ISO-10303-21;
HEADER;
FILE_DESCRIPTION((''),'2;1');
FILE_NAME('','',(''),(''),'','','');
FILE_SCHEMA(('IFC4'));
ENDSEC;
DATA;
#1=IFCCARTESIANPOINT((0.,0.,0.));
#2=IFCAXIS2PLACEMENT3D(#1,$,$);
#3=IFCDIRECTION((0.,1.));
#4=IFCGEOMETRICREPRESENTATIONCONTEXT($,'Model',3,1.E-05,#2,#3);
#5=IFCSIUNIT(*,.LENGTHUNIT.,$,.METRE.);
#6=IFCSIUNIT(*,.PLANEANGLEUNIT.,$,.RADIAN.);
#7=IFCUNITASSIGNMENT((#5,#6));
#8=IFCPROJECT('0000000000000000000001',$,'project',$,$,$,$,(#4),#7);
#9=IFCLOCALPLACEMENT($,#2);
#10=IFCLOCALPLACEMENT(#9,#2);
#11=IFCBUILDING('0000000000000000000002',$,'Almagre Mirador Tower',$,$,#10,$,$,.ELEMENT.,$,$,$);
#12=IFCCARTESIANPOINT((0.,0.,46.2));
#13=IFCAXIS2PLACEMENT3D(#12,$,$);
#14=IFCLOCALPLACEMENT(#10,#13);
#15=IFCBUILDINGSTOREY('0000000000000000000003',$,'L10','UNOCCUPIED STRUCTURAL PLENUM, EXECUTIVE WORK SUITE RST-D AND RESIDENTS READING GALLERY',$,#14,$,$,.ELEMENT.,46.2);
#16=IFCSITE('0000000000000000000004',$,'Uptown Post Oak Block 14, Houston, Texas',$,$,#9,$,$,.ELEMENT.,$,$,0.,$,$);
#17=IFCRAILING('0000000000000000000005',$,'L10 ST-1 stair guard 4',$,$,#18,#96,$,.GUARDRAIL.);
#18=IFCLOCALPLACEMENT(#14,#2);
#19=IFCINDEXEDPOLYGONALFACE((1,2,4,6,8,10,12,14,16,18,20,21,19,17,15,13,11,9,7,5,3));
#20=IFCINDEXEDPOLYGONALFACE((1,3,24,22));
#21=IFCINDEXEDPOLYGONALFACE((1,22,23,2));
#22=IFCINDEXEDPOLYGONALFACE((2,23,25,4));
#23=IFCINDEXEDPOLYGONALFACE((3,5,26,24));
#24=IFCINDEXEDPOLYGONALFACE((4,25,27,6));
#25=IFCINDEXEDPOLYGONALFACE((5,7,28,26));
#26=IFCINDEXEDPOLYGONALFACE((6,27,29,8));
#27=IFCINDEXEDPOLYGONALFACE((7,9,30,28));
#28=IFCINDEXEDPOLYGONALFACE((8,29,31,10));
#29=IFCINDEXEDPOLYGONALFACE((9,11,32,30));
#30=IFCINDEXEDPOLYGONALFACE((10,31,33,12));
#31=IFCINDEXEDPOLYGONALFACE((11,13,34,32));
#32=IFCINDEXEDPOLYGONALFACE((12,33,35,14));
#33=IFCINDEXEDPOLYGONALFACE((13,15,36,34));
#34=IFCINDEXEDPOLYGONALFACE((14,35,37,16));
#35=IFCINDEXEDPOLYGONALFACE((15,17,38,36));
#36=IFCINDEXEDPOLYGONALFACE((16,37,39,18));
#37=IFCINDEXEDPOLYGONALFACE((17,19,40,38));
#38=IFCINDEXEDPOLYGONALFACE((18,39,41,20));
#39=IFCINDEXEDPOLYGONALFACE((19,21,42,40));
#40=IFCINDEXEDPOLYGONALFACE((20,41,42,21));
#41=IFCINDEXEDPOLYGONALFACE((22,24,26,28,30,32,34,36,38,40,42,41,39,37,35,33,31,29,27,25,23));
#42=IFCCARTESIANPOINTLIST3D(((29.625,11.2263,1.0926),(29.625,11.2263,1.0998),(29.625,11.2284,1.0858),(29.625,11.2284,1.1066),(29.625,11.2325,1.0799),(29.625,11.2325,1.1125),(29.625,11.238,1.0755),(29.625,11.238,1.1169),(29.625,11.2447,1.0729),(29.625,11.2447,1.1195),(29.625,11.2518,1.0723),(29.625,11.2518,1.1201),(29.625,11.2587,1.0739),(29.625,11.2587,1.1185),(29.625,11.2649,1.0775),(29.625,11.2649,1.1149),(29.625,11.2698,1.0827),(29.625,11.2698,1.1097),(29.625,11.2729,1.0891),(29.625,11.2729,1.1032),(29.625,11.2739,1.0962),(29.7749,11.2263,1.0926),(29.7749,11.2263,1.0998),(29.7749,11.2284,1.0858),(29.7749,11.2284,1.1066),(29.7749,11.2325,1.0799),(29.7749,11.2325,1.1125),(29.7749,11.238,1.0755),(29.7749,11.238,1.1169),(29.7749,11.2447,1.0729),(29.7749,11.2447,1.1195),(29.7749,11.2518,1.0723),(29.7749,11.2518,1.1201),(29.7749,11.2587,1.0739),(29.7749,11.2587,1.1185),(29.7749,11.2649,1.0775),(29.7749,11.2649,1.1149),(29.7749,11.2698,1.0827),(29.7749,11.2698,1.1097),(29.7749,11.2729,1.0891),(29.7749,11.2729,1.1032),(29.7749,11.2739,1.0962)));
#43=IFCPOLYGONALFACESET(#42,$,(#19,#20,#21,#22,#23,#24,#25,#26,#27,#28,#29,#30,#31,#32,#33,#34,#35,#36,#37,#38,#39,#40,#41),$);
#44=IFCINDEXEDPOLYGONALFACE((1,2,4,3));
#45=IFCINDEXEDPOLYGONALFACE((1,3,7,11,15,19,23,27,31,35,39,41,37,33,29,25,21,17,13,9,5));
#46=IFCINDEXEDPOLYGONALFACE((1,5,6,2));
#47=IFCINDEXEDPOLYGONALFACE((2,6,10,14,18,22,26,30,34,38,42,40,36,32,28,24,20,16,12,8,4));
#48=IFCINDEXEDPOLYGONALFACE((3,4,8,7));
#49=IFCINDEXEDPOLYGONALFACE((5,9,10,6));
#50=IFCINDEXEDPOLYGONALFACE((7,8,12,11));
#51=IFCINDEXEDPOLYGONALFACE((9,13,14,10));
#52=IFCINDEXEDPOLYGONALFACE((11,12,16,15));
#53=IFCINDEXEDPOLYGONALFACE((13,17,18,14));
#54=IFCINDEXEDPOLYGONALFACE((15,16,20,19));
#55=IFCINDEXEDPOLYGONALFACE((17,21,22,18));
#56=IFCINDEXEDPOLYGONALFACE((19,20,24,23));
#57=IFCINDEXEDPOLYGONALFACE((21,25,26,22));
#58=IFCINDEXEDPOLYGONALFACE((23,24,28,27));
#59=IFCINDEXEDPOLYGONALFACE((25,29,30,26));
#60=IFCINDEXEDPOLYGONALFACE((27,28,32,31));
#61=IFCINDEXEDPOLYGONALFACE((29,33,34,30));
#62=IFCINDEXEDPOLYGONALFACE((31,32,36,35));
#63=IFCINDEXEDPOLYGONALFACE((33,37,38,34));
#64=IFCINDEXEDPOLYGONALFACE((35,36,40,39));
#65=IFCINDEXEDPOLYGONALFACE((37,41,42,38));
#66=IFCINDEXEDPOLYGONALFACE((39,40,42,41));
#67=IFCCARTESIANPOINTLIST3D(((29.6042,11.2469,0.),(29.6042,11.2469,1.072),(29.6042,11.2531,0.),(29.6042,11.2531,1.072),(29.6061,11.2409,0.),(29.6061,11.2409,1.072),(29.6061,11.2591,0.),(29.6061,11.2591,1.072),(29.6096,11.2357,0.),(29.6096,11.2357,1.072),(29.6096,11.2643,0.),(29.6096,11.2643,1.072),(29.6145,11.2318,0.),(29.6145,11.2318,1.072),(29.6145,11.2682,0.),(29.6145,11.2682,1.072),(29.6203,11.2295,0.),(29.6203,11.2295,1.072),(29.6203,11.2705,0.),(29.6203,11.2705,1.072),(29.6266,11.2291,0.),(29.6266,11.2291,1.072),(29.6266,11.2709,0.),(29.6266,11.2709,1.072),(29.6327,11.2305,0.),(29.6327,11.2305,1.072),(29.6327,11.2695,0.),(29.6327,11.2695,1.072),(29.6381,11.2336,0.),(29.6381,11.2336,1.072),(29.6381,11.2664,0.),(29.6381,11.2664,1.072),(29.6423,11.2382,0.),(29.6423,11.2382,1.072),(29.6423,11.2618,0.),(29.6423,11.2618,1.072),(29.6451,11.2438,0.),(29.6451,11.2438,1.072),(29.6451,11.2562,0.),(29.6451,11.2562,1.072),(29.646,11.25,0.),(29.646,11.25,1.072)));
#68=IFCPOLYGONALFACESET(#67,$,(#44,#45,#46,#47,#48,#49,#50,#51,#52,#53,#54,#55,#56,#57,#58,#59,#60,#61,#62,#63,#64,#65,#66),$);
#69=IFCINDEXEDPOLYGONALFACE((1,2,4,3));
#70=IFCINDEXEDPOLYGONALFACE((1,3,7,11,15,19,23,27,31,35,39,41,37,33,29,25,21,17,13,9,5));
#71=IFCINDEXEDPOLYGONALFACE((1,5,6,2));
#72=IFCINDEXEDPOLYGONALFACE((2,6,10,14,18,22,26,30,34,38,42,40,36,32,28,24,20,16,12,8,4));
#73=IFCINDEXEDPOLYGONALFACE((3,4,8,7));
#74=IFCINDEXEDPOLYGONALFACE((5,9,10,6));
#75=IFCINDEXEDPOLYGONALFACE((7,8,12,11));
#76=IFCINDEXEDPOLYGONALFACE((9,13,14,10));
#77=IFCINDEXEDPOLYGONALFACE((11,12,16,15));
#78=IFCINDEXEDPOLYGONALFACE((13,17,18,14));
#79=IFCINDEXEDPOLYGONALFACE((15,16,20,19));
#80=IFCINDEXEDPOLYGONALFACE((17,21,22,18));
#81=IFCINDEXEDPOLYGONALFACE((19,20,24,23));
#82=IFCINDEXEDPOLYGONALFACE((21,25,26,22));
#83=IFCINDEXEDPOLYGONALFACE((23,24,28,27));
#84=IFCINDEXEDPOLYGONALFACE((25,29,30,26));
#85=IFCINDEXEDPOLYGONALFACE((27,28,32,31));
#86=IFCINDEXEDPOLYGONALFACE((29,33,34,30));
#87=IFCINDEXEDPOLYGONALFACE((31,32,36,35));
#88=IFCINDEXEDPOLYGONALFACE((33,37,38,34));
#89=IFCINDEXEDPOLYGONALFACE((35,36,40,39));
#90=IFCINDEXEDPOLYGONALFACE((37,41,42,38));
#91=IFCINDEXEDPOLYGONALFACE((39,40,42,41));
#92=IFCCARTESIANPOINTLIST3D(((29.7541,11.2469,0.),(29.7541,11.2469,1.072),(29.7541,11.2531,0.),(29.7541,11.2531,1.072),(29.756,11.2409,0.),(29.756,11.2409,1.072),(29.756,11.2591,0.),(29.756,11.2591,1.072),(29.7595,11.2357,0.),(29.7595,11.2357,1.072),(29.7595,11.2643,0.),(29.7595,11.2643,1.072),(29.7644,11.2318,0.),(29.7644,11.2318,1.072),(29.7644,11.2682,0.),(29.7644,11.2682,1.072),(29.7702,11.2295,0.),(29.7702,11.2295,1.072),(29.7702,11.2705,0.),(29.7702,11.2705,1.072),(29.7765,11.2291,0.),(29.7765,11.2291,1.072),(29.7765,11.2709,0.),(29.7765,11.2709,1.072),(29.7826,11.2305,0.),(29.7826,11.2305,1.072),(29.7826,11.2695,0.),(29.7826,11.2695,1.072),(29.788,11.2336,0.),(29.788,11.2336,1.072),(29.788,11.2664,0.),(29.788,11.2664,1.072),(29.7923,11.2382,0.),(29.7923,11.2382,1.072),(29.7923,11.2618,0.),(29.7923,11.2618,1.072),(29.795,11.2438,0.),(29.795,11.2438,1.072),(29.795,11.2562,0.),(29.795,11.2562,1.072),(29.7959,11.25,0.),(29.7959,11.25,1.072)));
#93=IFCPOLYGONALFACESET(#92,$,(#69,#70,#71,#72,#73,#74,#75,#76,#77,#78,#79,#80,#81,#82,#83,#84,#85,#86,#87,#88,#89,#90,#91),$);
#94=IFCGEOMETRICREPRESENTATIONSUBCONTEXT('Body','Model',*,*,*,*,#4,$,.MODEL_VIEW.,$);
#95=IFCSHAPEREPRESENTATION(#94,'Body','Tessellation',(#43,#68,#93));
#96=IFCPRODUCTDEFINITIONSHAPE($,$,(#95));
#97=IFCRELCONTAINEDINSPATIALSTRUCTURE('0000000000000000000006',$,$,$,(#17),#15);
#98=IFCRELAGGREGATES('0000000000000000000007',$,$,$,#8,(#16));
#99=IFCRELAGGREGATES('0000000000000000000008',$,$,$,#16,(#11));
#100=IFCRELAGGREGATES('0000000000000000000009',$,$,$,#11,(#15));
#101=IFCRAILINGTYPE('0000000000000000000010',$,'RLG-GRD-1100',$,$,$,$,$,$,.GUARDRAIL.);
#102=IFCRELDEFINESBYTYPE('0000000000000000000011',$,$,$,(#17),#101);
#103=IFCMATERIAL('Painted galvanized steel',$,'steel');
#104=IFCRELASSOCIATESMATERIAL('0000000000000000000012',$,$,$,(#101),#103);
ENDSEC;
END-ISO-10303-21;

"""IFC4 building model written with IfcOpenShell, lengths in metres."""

from ifc_helpers import new_model, si_unit, direction, frame, origin, origin_2d, place, context, subcontext, project, spatial, circle, extrude, material, type_object, element, save


model = new_model("IFC4")

# Units and contexts
model_context = context("Model", 3, precision=1e-05, world=origin(), true_north=direction((0.0, 1.0)))
body_context = subcontext(model_context, "Body", "Model", "MODEL_VIEW")
ifc_project = project(units=[si_unit("LENGTHUNIT", "METRE"), si_unit("PLANEANGLEUNIT", "RADIAN")], contexts=[model_context])

# Site, building, storey
site_placement = place(None, origin())
site = spatial("IfcSite", under=ifc_project, at=site_placement, Name="Uptown Post Oak Block 14, Houston, Texas", CompositionType="ELEMENT", RefElevation=0.0)
building_placement = place(site_placement, origin())
building = spatial("IfcBuilding", under=site, at=building_placement, Name="Almagre Mirador Tower", CompositionType="ELEMENT")
storey_placement = place(building_placement, frame((0.0, 0.0, 46.2)))
storey = spatial("IfcBuildingStorey", under=building, at=storey_placement, Name="L10", Description="UNOCCUPIED STRUCTURAL PLENUM, EXECUTIVE WORK SUITE RST-D AND RESIDENTS READING GALLERY", CompositionType="ELEMENT", Elevation=46.2)

# Railing
ifc_material_1 = material(Name="Painted galvanized steel", Category="steel")
railing_type_1 = type_object("IfcRailingType", Name="RLG-GRD-1100", PredefinedType="GUARDRAIL", material=ifc_material_1)
railing_1_placement = place(storey_placement, frame((29.625, 11.25, 0.0)))
element("IfcRailing", 1, at=railing_1_placement, inside=storey, type_object=railing_type_1, Name="L10 ST-1 stair guard 4", PredefinedType="GUARDRAIL", context=body_context, shape_type="SweptSolid", body=[
    extrude(circle(Radius=0.0239, at=origin_2d()), frame((0.0, 0.0, 1.0962), z_axis=(1.0, 0.0, 0.0), x_axis=(0.0, 1.0, 0.0)), (0.0, 0.0, 1.0), 0.1499),
    extrude(circle(Radius=0.021, at=origin_2d()), origin(), (0.0, 0.0, 1.0), 1.072),
    extrude(circle(Radius=0.021, at=origin_2d()), frame((0.1499, 0.0, 0.0)), (0.0, 0.0, 1.0), 1.072),
])

save(model, "model.ifc")
